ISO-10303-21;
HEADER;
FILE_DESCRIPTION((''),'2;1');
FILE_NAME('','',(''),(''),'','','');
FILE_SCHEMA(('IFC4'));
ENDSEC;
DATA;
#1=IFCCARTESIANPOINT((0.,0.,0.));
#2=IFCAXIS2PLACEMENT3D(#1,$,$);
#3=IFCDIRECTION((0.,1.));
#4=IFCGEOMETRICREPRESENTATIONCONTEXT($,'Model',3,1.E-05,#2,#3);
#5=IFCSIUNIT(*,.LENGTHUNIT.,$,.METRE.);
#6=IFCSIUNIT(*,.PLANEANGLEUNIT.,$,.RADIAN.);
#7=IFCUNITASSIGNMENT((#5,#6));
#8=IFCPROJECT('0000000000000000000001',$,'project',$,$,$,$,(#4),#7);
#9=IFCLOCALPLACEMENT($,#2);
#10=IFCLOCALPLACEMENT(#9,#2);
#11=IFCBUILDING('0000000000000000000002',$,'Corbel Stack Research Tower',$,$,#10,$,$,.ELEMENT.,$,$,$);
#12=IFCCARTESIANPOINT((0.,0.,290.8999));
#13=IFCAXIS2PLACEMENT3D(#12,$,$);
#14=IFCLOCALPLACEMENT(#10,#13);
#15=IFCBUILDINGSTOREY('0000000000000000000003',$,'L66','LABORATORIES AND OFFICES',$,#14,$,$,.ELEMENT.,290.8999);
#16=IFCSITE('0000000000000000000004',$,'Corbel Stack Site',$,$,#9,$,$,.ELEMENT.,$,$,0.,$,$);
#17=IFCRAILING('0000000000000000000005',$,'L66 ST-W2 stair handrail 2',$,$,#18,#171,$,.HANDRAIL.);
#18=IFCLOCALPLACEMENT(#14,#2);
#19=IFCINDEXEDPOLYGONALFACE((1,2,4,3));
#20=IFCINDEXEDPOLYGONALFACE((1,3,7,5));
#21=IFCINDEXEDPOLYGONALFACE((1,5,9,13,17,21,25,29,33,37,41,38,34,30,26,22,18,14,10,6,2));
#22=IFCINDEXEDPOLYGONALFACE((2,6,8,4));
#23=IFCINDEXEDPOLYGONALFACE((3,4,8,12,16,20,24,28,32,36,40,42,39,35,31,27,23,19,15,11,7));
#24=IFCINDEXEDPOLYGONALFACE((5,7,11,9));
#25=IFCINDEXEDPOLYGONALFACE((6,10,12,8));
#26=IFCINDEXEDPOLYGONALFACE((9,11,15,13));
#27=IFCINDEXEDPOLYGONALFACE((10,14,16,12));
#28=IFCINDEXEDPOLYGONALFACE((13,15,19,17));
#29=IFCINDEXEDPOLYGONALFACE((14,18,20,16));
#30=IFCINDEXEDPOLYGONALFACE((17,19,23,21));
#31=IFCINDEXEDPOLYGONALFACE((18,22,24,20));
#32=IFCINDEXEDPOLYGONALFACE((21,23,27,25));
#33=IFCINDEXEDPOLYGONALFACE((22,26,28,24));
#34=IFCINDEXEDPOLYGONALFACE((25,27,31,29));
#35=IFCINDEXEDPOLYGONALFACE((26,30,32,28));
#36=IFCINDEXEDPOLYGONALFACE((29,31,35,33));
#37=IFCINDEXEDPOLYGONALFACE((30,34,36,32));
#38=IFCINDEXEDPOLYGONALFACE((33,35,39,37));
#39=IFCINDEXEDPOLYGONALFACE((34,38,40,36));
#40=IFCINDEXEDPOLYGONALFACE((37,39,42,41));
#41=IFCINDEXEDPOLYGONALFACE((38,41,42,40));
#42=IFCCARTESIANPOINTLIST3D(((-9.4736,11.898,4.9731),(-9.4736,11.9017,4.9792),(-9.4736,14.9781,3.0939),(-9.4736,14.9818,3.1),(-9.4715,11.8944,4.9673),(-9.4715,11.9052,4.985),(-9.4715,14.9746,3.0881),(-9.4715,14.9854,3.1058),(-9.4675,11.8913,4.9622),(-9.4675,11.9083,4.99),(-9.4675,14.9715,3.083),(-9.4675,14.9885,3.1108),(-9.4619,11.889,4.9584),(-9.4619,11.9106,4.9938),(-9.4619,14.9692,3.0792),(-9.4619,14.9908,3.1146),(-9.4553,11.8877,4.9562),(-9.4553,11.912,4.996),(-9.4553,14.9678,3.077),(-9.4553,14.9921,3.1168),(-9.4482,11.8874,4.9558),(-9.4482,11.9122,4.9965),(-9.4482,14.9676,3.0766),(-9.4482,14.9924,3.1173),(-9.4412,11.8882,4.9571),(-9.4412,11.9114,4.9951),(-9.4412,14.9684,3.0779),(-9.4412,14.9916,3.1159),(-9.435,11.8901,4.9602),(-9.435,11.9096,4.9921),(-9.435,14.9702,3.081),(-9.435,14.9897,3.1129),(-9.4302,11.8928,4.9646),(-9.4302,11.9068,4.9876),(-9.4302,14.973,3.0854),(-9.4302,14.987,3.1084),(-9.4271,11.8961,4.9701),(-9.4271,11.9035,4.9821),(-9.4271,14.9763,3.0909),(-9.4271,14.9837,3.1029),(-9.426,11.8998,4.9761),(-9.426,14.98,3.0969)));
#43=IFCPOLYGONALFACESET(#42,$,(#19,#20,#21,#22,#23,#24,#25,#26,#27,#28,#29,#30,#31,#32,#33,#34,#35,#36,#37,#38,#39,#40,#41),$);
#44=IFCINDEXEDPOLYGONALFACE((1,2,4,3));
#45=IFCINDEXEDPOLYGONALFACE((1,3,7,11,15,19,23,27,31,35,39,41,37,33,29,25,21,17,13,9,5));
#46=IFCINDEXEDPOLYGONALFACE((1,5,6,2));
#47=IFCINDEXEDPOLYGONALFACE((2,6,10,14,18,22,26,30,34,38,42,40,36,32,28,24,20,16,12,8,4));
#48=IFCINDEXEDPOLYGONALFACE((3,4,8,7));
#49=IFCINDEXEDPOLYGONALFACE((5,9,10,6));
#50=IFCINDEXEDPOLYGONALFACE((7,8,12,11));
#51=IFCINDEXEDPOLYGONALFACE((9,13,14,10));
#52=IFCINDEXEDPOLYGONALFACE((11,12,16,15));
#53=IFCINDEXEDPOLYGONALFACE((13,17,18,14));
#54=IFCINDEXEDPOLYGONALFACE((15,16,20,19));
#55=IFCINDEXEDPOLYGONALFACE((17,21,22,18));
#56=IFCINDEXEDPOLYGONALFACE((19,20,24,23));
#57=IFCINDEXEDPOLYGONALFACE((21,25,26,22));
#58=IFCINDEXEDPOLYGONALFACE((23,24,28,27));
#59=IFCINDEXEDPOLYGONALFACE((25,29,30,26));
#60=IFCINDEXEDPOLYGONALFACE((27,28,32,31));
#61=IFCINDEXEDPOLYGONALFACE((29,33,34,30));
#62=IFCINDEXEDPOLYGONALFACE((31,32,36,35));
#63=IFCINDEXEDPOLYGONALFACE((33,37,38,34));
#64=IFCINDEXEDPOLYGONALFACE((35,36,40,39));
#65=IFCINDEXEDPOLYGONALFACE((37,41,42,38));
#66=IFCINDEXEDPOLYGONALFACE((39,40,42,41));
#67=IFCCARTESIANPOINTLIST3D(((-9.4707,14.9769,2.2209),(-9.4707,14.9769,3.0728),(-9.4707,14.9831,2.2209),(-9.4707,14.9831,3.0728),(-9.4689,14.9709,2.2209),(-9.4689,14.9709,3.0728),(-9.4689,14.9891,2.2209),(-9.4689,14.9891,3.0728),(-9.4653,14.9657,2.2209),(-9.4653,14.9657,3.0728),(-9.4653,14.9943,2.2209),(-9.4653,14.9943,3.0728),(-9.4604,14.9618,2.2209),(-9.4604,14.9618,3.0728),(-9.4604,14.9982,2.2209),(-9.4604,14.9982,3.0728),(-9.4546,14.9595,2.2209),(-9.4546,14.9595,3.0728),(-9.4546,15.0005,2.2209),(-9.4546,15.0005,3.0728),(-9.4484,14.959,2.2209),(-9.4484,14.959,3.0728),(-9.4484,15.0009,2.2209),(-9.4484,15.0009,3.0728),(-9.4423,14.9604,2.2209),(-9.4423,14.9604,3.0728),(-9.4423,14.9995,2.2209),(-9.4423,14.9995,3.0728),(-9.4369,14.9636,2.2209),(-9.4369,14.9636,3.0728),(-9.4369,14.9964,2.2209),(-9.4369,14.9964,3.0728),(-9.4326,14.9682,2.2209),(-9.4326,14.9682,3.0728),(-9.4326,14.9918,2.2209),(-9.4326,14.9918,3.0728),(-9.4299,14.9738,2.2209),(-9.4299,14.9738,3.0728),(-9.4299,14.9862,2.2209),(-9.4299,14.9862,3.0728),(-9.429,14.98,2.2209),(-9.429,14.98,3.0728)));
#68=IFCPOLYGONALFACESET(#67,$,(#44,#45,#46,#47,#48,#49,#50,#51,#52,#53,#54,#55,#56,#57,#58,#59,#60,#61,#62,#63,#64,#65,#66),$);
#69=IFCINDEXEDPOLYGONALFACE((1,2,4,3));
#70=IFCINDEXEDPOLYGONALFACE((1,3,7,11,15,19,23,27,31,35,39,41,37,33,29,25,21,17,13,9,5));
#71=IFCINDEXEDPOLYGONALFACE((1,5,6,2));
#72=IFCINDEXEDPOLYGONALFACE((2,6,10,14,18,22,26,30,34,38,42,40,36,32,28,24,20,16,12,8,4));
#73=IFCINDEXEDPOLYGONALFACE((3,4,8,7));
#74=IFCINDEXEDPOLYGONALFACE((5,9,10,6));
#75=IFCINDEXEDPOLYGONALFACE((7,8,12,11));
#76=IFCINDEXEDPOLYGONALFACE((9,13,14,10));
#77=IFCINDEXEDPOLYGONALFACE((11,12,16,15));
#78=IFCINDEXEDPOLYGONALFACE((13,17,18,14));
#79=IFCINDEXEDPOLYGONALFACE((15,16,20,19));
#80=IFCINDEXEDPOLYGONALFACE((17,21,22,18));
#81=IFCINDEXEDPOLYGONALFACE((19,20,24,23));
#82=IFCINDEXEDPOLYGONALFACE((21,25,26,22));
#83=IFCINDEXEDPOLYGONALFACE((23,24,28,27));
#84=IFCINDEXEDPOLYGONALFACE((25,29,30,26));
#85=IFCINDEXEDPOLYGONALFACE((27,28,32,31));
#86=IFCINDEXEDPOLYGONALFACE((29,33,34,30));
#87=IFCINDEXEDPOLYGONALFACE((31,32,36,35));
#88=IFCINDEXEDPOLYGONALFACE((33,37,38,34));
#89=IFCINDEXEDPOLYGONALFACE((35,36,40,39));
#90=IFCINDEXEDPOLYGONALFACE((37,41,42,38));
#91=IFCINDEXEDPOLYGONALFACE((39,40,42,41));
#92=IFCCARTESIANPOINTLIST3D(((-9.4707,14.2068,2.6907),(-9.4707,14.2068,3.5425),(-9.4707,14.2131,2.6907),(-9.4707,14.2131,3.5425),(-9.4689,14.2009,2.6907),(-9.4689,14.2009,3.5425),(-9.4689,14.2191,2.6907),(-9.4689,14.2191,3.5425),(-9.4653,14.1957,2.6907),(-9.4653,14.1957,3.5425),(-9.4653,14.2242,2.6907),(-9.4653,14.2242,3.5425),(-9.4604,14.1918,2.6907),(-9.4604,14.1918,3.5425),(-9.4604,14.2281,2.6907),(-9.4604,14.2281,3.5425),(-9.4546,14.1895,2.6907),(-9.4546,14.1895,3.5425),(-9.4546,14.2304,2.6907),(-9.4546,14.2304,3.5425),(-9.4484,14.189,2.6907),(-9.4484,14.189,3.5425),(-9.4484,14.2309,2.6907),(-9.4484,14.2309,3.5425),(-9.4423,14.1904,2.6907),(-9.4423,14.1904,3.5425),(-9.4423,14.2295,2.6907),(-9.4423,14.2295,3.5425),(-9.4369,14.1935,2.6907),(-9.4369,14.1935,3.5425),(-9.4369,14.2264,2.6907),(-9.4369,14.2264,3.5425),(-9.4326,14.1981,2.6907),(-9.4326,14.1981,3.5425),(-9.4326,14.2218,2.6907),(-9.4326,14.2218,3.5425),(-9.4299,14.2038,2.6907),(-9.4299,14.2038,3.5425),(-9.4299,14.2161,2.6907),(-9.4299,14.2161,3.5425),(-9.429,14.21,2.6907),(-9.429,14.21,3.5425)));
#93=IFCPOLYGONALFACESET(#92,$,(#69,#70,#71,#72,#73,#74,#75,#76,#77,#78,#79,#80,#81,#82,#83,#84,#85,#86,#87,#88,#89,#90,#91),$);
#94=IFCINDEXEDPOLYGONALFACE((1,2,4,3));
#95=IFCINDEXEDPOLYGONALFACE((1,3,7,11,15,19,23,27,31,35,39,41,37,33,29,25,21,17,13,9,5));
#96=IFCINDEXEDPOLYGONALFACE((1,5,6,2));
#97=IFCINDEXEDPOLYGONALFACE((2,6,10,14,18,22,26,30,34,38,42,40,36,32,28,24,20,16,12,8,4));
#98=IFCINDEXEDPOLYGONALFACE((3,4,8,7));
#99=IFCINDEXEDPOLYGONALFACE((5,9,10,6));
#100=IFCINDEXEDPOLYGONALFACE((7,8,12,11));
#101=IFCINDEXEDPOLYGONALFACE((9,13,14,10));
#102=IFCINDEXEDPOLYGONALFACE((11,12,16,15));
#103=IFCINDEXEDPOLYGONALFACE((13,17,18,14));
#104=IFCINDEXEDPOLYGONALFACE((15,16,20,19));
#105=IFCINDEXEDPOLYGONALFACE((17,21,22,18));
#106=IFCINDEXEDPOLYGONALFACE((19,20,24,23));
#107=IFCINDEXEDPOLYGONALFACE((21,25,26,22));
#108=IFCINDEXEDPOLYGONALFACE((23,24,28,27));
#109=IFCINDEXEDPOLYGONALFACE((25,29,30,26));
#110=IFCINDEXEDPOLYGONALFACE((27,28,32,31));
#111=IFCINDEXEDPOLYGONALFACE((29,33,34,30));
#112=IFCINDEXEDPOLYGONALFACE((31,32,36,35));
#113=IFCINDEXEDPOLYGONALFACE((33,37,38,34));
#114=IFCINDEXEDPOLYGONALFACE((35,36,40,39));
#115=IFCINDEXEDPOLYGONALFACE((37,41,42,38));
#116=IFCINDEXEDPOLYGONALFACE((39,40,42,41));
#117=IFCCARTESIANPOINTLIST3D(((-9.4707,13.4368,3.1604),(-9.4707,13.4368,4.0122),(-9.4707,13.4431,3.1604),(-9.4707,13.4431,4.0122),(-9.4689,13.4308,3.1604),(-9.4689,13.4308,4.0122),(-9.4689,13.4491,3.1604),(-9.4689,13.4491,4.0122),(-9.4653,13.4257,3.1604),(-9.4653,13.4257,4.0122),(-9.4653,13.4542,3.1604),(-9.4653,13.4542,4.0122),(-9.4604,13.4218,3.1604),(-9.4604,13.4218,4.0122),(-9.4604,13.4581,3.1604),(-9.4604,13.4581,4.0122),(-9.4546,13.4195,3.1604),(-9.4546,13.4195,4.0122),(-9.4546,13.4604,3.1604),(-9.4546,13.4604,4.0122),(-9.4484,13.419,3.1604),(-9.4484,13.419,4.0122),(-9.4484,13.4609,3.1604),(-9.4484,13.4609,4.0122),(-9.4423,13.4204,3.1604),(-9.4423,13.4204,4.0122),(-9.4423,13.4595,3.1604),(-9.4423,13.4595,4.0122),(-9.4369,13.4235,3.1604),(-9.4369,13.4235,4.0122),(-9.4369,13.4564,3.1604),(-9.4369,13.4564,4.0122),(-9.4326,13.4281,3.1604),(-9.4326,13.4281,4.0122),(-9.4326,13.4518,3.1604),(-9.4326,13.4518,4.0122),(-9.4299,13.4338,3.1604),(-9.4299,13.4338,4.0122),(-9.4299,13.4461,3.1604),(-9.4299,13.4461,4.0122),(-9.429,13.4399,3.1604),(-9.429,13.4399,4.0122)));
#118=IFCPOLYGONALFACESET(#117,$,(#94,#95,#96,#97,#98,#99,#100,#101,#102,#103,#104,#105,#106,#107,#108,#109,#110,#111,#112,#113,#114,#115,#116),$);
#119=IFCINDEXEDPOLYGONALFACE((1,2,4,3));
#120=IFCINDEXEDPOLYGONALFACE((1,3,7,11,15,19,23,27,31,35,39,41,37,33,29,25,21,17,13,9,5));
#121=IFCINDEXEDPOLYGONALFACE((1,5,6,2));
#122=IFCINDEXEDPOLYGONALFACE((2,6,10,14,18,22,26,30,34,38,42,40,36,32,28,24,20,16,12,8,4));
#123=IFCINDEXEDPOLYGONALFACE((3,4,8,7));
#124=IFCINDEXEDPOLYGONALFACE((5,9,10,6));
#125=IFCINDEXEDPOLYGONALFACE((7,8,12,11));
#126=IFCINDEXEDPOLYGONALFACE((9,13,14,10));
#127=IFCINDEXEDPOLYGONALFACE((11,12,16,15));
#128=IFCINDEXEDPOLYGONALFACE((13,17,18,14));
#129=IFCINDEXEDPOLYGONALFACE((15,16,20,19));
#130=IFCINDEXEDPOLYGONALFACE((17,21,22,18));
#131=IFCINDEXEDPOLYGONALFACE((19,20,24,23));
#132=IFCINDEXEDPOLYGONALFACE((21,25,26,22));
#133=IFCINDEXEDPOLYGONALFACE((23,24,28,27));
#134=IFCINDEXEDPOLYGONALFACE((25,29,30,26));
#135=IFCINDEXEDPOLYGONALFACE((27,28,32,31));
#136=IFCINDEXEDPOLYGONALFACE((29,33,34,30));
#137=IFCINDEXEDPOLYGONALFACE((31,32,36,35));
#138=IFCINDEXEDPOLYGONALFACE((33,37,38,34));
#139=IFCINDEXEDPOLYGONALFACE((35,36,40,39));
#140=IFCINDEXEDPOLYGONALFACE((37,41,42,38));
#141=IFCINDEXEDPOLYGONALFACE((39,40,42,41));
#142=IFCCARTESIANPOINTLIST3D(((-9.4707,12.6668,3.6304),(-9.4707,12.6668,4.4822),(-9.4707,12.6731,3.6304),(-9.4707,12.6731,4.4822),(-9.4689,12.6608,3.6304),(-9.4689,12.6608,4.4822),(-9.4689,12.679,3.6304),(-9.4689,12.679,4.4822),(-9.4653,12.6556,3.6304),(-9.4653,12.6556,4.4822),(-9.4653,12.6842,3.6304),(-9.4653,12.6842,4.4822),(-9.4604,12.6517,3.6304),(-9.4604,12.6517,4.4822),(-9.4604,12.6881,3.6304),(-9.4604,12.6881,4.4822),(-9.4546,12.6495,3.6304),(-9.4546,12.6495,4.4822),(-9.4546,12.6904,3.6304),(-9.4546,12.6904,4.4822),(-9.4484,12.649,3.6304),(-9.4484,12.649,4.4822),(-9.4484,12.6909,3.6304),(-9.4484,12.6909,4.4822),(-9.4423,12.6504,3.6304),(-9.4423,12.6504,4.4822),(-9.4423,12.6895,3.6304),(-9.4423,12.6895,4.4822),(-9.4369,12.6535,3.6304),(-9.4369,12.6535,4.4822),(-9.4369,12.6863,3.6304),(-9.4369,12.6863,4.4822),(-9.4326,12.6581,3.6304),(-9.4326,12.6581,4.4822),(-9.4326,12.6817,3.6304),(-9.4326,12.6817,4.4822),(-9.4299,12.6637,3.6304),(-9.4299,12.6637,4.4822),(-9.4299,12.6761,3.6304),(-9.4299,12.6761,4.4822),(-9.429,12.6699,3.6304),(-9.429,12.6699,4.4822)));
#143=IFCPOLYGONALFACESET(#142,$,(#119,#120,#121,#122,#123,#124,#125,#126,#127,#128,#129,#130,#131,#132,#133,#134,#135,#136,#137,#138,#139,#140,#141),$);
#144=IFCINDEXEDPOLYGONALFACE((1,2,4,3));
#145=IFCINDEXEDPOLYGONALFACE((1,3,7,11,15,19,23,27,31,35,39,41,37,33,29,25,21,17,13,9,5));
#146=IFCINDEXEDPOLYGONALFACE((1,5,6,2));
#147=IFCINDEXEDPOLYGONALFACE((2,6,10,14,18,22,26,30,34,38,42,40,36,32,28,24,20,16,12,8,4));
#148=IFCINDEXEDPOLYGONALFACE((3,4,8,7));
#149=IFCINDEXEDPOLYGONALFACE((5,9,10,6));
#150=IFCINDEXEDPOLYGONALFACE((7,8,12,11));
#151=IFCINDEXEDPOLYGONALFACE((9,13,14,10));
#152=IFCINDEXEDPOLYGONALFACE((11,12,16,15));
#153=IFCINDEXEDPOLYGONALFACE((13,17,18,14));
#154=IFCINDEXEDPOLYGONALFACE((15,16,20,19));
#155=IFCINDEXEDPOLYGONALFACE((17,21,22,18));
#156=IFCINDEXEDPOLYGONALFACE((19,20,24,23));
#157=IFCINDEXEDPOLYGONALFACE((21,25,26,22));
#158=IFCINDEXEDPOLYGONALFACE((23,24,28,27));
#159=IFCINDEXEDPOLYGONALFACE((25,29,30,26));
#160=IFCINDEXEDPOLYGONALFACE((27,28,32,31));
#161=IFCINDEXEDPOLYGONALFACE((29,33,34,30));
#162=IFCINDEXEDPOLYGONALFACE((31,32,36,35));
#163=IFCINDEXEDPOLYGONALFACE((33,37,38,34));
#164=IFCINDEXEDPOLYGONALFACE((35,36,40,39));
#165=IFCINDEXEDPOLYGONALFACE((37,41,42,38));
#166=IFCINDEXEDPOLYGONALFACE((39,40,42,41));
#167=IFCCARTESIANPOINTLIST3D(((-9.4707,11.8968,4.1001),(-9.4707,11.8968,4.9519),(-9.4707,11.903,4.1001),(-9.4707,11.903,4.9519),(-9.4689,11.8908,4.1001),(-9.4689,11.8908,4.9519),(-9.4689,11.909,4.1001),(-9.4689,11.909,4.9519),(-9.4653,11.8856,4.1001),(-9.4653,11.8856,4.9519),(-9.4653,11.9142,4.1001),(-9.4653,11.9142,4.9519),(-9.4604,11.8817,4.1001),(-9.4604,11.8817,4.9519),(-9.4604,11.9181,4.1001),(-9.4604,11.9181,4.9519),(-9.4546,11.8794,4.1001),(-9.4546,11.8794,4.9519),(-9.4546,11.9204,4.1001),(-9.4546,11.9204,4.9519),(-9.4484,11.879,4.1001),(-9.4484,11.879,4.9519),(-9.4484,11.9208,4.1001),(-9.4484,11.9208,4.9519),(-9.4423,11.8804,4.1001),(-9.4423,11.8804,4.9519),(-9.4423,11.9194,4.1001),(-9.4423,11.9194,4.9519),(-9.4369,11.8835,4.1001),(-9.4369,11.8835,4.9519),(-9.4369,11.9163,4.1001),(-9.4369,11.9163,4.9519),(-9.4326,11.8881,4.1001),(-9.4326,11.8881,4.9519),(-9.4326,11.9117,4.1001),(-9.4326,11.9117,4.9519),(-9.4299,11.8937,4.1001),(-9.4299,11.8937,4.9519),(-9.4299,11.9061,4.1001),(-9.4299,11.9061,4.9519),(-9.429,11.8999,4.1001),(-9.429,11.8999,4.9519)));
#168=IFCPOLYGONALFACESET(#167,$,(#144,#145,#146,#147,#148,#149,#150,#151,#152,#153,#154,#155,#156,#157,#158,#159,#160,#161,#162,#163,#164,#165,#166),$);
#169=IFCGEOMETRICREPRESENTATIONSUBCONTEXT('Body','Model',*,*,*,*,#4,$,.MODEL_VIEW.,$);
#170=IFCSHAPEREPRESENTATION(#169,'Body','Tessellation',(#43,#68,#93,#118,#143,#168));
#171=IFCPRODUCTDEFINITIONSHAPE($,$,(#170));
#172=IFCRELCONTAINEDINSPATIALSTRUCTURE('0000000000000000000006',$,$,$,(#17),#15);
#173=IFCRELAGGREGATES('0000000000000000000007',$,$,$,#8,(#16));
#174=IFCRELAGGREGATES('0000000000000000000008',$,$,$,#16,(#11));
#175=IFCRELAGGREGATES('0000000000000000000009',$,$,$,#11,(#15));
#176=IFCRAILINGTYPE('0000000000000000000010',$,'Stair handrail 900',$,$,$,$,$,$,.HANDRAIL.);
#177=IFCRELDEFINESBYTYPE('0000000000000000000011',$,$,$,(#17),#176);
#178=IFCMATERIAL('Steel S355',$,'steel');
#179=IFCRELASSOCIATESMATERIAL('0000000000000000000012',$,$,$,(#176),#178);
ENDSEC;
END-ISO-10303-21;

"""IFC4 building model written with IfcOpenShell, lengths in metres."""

from ifc_helpers import new_model, si_unit, direction, frame, origin, origin_2d, place, context, subcontext, project, spatial, circle, extrude, material, type_object, element, save


model = new_model("IFC4")

# Units and contexts
model_context = context("Model", 3, precision=1e-05, world=origin(), true_north=direction((0.0, 1.0)))
body_context = subcontext(model_context, "Body", "Model", "MODEL_VIEW")
ifc_project = project(units=[si_unit("LENGTHUNIT", "METRE"), si_unit("PLANEANGLEUNIT", "RADIAN")], contexts=[model_context])

# Site, building, storey
site_placement = place(None, origin())
site = spatial("IfcSite", under=ifc_project, at=site_placement, Name="Corbel Stack Site", CompositionType="ELEMENT", RefElevation=0.0)
building_placement = place(site_placement, origin())
building = spatial("IfcBuilding", under=site, at=building_placement, Name="Corbel Stack Research Tower", CompositionType="ELEMENT")
storey_placement = place(building_placement, frame((0.0, 0.0, 290.8999)))
storey = spatial("IfcBuildingStorey", under=building, at=storey_placement, Name="L66", Description="LABORATORIES AND OFFICES", CompositionType="ELEMENT", Elevation=290.8999)

# Railing
ifc_material_1 = material(Name="Steel S355", Category="steel")
railing_type_1 = type_object("IfcRailingType", Name="Stair handrail 900", PredefinedType="HANDRAIL", material=ifc_material_1)
railing_1_placement = place(storey_placement, frame((-9.45, 14.98, 2.2209)))
element("IfcRailing", 1, at=railing_1_placement, inside=storey, type_object=railing_type_1, Name="L66 ST-W2 stair handrail 2", PredefinedType="HANDRAIL", context=body_context, shape_type="SweptSolid", body=[
    extrude(circle(Radius=0.0239, at=origin_2d()), frame((0.0, 0.0, 0.876), z_axis=(0.0, -0.853666, 0.52082), x_axis=(1.0, 0.0, 0.0)), (0.0, 0.0, 1.0), 3.6082),
    extrude(circle(Radius=0.021, at=origin_2d()), origin(), (0.0, 0.0, 1.0), 0.8518),
    extrude(circle(Radius=0.021, at=origin_2d()), frame((0.0, -0.77, 0.4697)), (0.0, 0.0, 1.0), 0.8518),
    extrude(circle(Radius=0.021, at=origin_2d()), frame((0.0, -1.54, 0.9395)), (0.0, 0.0, 1.0), 0.8518),
    extrude(circle(Radius=0.021, at=origin_2d()), frame((0.0, -2.3101, 1.4094)), (0.0, 0.0, 1.0), 0.8518),
    extrude(circle(Radius=0.021, at=origin_2d()), frame((0.0, -3.0801, 1.8792)), (0.0, 0.0, 1.0), 0.8518),
])

save(model, "model.ifc")
